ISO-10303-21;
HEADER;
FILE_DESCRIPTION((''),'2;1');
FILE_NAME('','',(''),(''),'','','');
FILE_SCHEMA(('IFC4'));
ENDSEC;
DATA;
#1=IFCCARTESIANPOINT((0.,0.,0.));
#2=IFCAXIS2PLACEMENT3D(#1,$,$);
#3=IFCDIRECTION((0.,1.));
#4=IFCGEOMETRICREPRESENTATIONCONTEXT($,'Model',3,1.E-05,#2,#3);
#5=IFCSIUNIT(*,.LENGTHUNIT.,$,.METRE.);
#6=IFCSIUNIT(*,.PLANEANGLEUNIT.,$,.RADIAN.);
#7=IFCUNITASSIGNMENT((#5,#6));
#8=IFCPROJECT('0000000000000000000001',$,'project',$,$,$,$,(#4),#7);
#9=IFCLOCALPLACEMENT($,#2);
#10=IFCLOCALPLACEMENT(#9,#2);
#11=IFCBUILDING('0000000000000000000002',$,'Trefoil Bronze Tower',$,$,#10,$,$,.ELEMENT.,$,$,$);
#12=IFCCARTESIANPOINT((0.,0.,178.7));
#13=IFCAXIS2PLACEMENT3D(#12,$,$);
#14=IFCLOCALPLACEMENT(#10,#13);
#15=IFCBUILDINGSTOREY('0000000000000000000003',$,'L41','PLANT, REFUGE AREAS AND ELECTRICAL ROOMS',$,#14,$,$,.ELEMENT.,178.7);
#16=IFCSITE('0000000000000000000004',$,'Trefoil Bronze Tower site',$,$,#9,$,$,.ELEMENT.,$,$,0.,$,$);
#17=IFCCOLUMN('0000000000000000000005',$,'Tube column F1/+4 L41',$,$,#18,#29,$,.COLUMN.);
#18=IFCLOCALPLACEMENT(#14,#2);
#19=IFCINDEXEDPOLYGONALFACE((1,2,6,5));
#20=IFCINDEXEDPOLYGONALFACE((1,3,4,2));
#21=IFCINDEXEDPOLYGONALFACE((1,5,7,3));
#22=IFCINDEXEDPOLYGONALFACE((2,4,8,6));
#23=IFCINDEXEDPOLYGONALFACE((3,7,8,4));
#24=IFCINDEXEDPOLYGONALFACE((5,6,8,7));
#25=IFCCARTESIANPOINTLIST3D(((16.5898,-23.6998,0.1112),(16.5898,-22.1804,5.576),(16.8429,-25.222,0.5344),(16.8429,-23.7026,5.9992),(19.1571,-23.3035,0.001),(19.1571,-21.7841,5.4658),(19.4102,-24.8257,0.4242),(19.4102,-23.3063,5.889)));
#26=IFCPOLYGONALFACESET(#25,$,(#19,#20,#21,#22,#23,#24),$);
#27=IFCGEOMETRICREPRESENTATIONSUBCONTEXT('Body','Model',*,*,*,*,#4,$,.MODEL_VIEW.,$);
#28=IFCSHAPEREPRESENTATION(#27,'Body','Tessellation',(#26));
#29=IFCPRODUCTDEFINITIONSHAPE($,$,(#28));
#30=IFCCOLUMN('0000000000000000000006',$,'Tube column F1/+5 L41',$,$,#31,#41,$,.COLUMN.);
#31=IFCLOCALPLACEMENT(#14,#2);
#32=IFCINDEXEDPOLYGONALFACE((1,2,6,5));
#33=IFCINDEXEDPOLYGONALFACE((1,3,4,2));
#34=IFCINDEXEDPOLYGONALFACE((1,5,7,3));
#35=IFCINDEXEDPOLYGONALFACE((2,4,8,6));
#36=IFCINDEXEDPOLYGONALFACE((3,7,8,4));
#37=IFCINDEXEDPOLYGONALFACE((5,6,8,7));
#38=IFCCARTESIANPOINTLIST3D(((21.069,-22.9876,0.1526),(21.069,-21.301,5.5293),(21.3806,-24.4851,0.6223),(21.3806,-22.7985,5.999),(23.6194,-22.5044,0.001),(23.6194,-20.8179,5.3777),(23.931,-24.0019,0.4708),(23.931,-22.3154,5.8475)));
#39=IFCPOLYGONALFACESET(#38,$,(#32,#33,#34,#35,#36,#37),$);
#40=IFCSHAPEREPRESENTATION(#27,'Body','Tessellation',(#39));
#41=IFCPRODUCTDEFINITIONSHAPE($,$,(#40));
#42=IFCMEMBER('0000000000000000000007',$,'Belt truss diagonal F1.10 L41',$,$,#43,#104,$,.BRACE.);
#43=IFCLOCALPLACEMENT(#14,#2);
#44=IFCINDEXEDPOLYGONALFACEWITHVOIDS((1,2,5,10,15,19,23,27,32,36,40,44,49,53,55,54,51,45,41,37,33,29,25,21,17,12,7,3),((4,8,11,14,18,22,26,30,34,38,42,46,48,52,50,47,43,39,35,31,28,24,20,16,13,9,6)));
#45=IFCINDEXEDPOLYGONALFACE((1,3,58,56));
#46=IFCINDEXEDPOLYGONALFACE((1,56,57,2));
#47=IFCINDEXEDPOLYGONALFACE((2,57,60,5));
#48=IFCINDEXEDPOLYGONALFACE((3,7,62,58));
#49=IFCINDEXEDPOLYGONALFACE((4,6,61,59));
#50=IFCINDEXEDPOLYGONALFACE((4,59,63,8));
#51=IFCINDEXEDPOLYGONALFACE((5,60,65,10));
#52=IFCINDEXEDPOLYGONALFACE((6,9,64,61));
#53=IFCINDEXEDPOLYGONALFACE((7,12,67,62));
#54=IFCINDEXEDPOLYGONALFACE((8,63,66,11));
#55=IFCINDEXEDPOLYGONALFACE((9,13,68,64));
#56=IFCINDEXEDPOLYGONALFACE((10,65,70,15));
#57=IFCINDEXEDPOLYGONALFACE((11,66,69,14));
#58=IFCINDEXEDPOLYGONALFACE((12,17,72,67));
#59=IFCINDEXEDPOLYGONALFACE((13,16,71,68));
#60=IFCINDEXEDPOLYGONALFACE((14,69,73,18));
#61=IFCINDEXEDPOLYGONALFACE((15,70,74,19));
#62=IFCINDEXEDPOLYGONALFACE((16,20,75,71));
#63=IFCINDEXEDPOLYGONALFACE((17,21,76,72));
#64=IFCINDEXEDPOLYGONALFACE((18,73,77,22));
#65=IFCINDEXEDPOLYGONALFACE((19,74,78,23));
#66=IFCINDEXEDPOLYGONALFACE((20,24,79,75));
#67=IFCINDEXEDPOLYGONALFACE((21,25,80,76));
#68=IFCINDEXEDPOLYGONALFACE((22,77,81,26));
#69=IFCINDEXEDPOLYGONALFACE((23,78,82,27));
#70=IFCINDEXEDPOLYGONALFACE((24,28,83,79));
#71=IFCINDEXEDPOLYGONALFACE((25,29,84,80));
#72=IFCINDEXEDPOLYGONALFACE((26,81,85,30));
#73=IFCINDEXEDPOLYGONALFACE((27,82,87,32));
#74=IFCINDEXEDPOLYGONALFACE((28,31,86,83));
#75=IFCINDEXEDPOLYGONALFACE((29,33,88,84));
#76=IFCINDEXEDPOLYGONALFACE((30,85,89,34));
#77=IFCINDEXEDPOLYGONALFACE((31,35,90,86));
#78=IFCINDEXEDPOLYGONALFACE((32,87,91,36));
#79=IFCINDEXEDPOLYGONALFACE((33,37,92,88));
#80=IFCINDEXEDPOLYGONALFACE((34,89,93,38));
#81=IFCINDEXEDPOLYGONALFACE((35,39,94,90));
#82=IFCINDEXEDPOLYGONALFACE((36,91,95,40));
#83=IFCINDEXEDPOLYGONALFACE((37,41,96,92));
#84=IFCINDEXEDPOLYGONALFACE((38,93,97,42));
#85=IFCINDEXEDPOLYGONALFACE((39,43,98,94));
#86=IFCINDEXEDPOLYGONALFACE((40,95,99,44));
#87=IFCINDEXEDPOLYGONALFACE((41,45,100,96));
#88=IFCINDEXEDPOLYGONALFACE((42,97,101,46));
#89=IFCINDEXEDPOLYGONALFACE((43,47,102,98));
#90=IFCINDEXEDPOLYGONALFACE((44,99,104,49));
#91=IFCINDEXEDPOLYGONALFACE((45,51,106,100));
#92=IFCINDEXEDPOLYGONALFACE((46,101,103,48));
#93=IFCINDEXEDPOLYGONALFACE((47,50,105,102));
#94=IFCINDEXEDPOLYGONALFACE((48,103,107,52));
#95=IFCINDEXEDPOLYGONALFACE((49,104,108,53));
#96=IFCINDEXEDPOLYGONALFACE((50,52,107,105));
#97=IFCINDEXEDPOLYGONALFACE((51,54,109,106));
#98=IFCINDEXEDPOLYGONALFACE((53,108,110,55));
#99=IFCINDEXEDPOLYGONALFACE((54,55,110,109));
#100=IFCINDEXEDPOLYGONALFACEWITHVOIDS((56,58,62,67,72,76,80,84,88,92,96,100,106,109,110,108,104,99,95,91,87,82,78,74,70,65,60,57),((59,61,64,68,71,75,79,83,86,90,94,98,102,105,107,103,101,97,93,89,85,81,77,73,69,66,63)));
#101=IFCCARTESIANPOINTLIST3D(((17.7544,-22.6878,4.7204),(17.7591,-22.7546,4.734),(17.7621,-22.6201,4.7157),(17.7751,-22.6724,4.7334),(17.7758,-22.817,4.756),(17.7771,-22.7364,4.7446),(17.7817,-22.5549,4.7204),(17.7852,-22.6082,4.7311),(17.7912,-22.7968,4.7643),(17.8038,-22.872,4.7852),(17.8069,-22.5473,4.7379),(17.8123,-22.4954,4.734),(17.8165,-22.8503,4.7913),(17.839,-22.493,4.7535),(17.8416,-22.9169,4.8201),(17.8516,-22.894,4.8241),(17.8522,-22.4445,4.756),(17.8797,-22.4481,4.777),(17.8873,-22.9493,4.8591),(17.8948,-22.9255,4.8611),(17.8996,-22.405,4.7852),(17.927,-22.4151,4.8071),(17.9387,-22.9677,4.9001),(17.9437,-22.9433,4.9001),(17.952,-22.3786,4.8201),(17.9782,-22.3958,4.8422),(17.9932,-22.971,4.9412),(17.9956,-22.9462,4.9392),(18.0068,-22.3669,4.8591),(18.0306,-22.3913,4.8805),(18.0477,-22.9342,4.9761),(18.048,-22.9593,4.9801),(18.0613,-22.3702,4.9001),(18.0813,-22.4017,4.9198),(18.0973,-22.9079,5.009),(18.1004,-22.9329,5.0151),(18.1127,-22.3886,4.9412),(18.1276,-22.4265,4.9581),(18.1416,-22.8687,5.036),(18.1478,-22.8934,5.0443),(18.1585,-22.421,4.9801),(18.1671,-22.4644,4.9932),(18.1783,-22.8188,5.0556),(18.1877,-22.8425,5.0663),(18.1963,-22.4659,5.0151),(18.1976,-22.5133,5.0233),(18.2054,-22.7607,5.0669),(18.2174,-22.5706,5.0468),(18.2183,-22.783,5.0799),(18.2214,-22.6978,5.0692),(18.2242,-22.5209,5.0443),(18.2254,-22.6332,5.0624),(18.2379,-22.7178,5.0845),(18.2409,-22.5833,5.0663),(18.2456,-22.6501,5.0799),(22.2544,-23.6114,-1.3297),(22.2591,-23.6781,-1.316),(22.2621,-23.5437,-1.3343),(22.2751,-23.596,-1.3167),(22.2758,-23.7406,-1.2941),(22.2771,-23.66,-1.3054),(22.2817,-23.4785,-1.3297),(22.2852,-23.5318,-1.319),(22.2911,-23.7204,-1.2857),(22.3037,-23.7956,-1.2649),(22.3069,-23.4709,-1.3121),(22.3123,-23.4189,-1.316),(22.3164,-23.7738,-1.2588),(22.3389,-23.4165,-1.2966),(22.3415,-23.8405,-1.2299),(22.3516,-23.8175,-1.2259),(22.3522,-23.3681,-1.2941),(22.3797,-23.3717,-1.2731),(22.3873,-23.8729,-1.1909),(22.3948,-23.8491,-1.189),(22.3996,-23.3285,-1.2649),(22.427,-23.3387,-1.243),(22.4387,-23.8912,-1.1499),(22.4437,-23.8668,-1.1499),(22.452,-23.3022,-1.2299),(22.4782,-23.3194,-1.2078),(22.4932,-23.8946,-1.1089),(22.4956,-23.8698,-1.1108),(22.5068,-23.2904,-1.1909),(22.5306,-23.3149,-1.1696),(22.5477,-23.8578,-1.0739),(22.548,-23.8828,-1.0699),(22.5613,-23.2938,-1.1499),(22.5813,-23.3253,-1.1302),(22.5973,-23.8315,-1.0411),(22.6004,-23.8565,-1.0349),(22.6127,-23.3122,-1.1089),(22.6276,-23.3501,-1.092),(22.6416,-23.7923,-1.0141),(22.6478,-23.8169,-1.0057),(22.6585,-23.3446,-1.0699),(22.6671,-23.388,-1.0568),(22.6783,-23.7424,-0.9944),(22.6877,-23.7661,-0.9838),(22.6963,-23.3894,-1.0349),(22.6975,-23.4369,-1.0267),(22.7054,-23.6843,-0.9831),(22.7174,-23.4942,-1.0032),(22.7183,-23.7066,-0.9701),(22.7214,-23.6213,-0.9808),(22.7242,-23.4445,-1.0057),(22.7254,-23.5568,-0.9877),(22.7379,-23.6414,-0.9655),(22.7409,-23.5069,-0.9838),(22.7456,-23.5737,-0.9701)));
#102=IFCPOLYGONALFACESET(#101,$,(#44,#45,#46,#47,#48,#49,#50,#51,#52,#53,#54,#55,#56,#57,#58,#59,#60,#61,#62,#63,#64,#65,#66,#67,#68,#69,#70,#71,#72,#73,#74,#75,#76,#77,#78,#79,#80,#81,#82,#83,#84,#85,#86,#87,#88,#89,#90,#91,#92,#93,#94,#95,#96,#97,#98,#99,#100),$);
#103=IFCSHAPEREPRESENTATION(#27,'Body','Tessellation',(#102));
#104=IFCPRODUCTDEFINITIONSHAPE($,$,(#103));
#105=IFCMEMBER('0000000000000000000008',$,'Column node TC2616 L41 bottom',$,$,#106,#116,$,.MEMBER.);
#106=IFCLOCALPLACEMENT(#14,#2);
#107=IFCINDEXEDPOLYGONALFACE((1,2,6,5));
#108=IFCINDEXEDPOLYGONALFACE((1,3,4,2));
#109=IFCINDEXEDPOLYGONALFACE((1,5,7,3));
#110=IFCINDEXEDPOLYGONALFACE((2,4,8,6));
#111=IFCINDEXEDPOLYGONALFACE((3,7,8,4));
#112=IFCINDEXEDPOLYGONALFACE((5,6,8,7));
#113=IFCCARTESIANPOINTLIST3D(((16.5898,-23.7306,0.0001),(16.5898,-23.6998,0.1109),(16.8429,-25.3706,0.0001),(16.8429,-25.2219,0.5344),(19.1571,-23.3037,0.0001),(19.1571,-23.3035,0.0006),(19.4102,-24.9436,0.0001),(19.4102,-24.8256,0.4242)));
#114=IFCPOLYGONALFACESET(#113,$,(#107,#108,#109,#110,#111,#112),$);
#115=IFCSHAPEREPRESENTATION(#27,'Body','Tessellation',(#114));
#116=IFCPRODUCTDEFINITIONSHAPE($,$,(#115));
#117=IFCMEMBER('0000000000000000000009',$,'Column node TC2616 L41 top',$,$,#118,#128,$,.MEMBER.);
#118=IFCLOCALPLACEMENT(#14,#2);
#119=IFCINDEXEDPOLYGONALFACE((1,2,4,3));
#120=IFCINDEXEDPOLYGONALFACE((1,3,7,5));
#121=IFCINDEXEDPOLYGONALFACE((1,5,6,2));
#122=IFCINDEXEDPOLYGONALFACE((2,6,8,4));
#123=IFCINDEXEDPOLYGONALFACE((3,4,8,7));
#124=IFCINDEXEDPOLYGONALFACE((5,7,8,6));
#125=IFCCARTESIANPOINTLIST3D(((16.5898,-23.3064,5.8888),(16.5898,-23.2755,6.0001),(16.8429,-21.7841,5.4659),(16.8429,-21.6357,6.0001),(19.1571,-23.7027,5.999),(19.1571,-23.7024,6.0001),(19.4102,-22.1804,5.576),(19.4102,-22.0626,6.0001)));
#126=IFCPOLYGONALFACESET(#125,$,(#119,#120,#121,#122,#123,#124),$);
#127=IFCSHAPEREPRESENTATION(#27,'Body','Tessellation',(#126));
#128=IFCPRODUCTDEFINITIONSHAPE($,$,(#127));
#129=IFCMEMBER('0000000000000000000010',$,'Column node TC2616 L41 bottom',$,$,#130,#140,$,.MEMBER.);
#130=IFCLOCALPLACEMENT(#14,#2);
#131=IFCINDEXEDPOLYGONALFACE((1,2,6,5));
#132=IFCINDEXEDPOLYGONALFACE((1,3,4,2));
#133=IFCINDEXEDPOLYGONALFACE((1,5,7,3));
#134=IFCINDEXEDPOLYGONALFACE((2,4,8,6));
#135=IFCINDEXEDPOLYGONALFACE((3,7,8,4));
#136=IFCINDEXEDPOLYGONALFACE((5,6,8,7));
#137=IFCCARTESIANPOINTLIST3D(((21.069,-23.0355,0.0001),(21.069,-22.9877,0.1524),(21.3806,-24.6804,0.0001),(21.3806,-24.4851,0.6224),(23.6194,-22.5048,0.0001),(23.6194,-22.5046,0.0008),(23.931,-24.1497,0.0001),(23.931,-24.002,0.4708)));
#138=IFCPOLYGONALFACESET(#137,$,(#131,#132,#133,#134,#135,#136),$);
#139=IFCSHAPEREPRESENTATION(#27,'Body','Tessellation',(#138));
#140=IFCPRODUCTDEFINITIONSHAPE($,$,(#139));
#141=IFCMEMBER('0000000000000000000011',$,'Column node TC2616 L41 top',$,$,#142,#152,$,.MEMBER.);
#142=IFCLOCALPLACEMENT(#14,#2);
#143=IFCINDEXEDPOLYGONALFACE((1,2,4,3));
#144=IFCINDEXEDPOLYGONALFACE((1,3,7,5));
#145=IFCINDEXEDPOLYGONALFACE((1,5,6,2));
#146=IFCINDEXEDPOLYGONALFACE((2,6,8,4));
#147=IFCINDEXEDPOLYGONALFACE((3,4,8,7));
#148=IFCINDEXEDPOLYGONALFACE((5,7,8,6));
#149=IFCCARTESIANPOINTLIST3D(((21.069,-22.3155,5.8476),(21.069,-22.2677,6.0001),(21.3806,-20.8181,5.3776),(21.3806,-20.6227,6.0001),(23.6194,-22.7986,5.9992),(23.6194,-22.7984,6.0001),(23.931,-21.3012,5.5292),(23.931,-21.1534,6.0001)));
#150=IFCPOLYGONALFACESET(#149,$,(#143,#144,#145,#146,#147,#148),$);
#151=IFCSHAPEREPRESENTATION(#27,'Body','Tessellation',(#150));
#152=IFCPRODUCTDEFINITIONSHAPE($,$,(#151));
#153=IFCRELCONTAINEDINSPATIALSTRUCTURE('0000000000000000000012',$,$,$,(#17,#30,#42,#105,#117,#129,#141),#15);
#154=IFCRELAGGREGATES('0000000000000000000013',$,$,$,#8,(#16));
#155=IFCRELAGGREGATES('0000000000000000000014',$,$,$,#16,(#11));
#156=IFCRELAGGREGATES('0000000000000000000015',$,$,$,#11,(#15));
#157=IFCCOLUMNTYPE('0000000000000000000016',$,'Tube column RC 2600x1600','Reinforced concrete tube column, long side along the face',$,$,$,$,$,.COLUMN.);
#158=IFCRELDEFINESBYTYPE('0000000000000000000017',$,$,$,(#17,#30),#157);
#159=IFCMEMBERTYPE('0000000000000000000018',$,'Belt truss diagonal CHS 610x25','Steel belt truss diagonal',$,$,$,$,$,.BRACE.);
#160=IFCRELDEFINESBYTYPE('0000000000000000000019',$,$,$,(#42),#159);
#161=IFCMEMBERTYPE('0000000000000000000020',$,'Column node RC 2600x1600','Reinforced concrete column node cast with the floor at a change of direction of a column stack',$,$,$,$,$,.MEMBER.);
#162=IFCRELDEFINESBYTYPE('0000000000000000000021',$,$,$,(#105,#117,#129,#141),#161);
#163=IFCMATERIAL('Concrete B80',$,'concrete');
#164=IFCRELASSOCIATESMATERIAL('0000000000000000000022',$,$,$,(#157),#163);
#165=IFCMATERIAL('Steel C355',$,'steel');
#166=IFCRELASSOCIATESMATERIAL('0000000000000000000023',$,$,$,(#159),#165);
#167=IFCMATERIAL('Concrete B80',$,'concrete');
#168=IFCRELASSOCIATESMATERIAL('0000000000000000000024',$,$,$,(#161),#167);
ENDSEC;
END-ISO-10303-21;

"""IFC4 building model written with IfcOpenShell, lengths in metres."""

from ifc_helpers import new_model, si_unit, direction, frame, origin, origin_2d, place, context, subcontext, project, spatial, rectangle, hollow_circle, extrude, clip, halfspace, material, material_profile, profile_set, type_object, element, save


model = new_model("IFC4")

# Units and contexts
model_context = context("Model", 3, precision=1e-05, world=origin(), true_north=direction((0.0, 1.0)))
body_context = subcontext(model_context, "Body", "Model", "MODEL_VIEW")
ifc_project = project(units=[si_unit("LENGTHUNIT", "METRE"), si_unit("PLANEANGLEUNIT", "RADIAN")], contexts=[model_context])

# Site, building, storey
site_placement = place(None, origin())
site = spatial("IfcSite", under=ifc_project, at=site_placement, Name="Trefoil Bronze Tower site", CompositionType="ELEMENT", RefElevation=0.0)
building_placement = place(site_placement, origin())
building = spatial("IfcBuilding", under=site, at=building_placement, Name="Trefoil Bronze Tower", CompositionType="ELEMENT")
storey_placement = place(building_placement, frame((0.0, 0.0, 178.7)))
storey = spatial("IfcBuildingStorey", under=building, at=storey_placement, Name="L41", Description="PLANT, REFUGE AREAS AND ELECTRICAL ROOMS", CompositionType="ELEMENT", Elevation=178.7)

# Columns
ifc_material_1 = material(Name="Concrete B80", Category="concrete")
ifc_material_profile_1 = material_profile(ifc_material_1, rectangle(XDim=2.6001, YDim=1.6001, at=origin_2d()), Name="RC 2600x1600")
ifc_profile_set_1 = profile_set([ifc_material_profile_1], Name="Concrete B80")
column_type = type_object("IfcColumnType", Name="Tube column RC 2600x1600", Description="Reinforced concrete tube column, long side along the face", PredefinedType="COLUMN", material=ifc_profile_set_1)
column_1_placement = place(storey_placement, frame((18.0, -24.3372, 0.0), z_axis=(0.0, 0.267874, 0.963454), x_axis=(0.987407, 0.152419, -0.042378)))
element("IfcColumn", 1, at=column_1_placement, inside=storey, type_object=column_type, Name="Tube column F1/+4 L41", PredefinedType="COLUMN", context=body_context, shape_type="Clipping", body=[
    clip(clip(extrude(rectangle(XDim=2.6001, YDim=1.6001, at=origin_2d()), origin(), (0.0, 0.0, 1.0), 6.2275), halfspace(frame((0.0, 0.0, 0.2778), z_axis=(-0.000004, -0.000022, 1.0), x_axis=(0.0, 1.0, 0.000022)), True)), halfspace(frame((0.0, 0.0, 5.95), z_axis=(0.000004, 0.000022, -1.0), x_axis=(0.0, -1.0, -0.000022)), True)),
])
column_2_placement = place(storey_placement, frame((22.5, -23.5925, 0.0), z_axis=(0.0, 0.299301, 0.954159), x_axis=(0.980854, 0.185817, -0.058287)))
element("IfcColumn", 2, at=column_2_placement, inside=storey, type_object=column_type, Name="Tube column F1/+5 L41", PredefinedType="COLUMN", context=body_context, shape_type="Clipping", body=[
    clip(clip(extrude(rectangle(XDim=2.6001, YDim=1.6001, at=origin_2d()), origin(), (0.0, 0.0, 1.0), 6.2883), halfspace(frame((0.0, 0.0, 0.3267), z_axis=(-0.000001, -0.000004, 1.0), x_axis=(0.0, 1.0, 0.000004)), True)), halfspace(frame((0.0, 0.0, 5.9617), z_axis=(0.000001, 0.000004, -1.0), x_axis=(0.0, -1.0, -0.000004)), True)),
])

# Members
ifc_material_2 = material(Name="Steel C355", Category="steel")
ifc_material_profile_2 = material_profile(ifc_material_2, hollow_circle(Radius=0.3049, WallThickness=0.0249, at=origin_2d()), Name="CHS 610x25")
ifc_profile_set_2 = profile_set([ifc_material_profile_2], Name="Steel C355")
member_type_1 = type_object("IfcMemberType", Name="Belt truss diagonal CHS 610x25", Description="Steel belt truss diagonal", PredefinedType="BRACE", material=ifc_profile_set_2)
member_1_placement = place(storey_placement, frame((22.5, -23.5925, -1.1499), z_axis=(-0.592382, 0.121581, 0.796431), x_axis=(-0.20105, -0.979581, 0.0)))
element("IfcMember", 3, at=member_1_placement, inside=storey, type_object=member_type_1, Name="Belt truss diagonal F1.10 L41", PredefinedType="BRACE", context=body_context, shape_type="SweptSolid", body=[
    extrude(hollow_circle(Radius=0.3049, WallThickness=0.0249, at=origin_2d()), origin(), (0.0, 0.0, 1.0), 7.5964),
])
ifc_material_3 = material(Name="Concrete B80", Category="concrete")
ifc_material_profile_3 = material_profile(ifc_material_3, rectangle(XDim=2.6001, YDim=1.6001, at=origin_2d()), Name="RC 2600x1600")
ifc_profile_set_3 = profile_set([ifc_material_profile_3], Name="Concrete B80")
member_type_2 = type_object("IfcMemberType", Name="Column node RC 2600x1600", Description="Reinforced concrete column node cast with the floor at a change of direction of a column stack", PredefinedType="MEMBER", material=ifc_profile_set_3)
member_2_placement = place(storey_placement, frame((18.0, -24.4116, -0.2676), z_axis=(0.0, 0.268097, 0.963392), x_axis=(0.987407, 0.152409, -0.042413)))
element("IfcMember", 4, at=member_2_placement, inside=storey, type_object=member_type_2, Name="Column node TC2616 L41 bottom", PredefinedType="MEMBER", context=body_context, shape_type="Clipping", body=[
    clip(extrude(rectangle(XDim=2.6001, YDim=1.6001, at=origin_2d()), origin(), (0.0, 0.0, 1.0), 0.5554), halfspace(frame((0.0, 0.0, 0.2778), z_axis=(-0.042413, -0.264721, 0.963392), x_axis=(0.0, 0.96426, 0.264959)), True)),
])
member_3_placement = place(storey_placement, frame((18.0, -22.5947, 6.2676), z_axis=(0.0, -0.267689, -0.963505), x_axis=(-0.987407, 0.152427, -0.042349)))
element("IfcMember", 5, at=member_3_placement, inside=storey, type_object=member_type_2, Name="Column node TC2616 L41 top", PredefinedType="MEMBER", context=body_context, shape_type="Clipping", body=[
    clip(extrude(rectangle(XDim=2.6001, YDim=1.6001, at=origin_2d()), origin(), (0.0, 0.0, 1.0), 0.5554), halfspace(frame((0.0, 0.0, 0.2776), z_axis=(0.042349, 0.264318, 0.963505), x_axis=(0.0, 0.96437, -0.264556)), True)),
])
member_4_placement = place(storey_placement, frame((22.5, -23.6904, -0.3115), z_axis=(0.0, 0.299467, 0.954107), x_axis=(0.980854, 0.185806, -0.058319)))
element("IfcMember", 6, at=member_4_placement, inside=storey, type_object=member_type_2, Name="Column node TC2616 L41 bottom", PredefinedType="MEMBER", context=body_context, shape_type="Clipping", body=[
    clip(extrude(rectangle(XDim=2.6001, YDim=1.6001, at=origin_2d()), origin(), (0.0, 0.0, 1.0), 0.6531), halfspace(frame((0.0, 0.0, 0.3267), z_axis=(-0.058319, -0.293733, 0.954107), x_axis=(0.0, 0.955733, 0.294234)), True)),
])
member_5_placement = place(storey_placement, frame((22.5, -21.6128, 6.3115), z_axis=(0.0, -0.299467, -0.954107), x_axis=(-0.980854, 0.185806, -0.058319)))
element("IfcMember", 7, at=member_5_placement, inside=storey, type_object=member_type_2, Name="Column node TC2616 L41 top", PredefinedType="MEMBER", context=body_context, shape_type="Clipping", body=[
    clip(extrude(rectangle(XDim=2.6001, YDim=1.6001, at=origin_2d()), origin(), (0.0, 0.0, 1.0), 0.6531), halfspace(frame((0.0, 0.0, 0.3264), z_axis=(0.058319, 0.293733, 0.954107), x_axis=(0.0, 0.955733, -0.294234)), True)),
])

save(model, "model.ifc")
